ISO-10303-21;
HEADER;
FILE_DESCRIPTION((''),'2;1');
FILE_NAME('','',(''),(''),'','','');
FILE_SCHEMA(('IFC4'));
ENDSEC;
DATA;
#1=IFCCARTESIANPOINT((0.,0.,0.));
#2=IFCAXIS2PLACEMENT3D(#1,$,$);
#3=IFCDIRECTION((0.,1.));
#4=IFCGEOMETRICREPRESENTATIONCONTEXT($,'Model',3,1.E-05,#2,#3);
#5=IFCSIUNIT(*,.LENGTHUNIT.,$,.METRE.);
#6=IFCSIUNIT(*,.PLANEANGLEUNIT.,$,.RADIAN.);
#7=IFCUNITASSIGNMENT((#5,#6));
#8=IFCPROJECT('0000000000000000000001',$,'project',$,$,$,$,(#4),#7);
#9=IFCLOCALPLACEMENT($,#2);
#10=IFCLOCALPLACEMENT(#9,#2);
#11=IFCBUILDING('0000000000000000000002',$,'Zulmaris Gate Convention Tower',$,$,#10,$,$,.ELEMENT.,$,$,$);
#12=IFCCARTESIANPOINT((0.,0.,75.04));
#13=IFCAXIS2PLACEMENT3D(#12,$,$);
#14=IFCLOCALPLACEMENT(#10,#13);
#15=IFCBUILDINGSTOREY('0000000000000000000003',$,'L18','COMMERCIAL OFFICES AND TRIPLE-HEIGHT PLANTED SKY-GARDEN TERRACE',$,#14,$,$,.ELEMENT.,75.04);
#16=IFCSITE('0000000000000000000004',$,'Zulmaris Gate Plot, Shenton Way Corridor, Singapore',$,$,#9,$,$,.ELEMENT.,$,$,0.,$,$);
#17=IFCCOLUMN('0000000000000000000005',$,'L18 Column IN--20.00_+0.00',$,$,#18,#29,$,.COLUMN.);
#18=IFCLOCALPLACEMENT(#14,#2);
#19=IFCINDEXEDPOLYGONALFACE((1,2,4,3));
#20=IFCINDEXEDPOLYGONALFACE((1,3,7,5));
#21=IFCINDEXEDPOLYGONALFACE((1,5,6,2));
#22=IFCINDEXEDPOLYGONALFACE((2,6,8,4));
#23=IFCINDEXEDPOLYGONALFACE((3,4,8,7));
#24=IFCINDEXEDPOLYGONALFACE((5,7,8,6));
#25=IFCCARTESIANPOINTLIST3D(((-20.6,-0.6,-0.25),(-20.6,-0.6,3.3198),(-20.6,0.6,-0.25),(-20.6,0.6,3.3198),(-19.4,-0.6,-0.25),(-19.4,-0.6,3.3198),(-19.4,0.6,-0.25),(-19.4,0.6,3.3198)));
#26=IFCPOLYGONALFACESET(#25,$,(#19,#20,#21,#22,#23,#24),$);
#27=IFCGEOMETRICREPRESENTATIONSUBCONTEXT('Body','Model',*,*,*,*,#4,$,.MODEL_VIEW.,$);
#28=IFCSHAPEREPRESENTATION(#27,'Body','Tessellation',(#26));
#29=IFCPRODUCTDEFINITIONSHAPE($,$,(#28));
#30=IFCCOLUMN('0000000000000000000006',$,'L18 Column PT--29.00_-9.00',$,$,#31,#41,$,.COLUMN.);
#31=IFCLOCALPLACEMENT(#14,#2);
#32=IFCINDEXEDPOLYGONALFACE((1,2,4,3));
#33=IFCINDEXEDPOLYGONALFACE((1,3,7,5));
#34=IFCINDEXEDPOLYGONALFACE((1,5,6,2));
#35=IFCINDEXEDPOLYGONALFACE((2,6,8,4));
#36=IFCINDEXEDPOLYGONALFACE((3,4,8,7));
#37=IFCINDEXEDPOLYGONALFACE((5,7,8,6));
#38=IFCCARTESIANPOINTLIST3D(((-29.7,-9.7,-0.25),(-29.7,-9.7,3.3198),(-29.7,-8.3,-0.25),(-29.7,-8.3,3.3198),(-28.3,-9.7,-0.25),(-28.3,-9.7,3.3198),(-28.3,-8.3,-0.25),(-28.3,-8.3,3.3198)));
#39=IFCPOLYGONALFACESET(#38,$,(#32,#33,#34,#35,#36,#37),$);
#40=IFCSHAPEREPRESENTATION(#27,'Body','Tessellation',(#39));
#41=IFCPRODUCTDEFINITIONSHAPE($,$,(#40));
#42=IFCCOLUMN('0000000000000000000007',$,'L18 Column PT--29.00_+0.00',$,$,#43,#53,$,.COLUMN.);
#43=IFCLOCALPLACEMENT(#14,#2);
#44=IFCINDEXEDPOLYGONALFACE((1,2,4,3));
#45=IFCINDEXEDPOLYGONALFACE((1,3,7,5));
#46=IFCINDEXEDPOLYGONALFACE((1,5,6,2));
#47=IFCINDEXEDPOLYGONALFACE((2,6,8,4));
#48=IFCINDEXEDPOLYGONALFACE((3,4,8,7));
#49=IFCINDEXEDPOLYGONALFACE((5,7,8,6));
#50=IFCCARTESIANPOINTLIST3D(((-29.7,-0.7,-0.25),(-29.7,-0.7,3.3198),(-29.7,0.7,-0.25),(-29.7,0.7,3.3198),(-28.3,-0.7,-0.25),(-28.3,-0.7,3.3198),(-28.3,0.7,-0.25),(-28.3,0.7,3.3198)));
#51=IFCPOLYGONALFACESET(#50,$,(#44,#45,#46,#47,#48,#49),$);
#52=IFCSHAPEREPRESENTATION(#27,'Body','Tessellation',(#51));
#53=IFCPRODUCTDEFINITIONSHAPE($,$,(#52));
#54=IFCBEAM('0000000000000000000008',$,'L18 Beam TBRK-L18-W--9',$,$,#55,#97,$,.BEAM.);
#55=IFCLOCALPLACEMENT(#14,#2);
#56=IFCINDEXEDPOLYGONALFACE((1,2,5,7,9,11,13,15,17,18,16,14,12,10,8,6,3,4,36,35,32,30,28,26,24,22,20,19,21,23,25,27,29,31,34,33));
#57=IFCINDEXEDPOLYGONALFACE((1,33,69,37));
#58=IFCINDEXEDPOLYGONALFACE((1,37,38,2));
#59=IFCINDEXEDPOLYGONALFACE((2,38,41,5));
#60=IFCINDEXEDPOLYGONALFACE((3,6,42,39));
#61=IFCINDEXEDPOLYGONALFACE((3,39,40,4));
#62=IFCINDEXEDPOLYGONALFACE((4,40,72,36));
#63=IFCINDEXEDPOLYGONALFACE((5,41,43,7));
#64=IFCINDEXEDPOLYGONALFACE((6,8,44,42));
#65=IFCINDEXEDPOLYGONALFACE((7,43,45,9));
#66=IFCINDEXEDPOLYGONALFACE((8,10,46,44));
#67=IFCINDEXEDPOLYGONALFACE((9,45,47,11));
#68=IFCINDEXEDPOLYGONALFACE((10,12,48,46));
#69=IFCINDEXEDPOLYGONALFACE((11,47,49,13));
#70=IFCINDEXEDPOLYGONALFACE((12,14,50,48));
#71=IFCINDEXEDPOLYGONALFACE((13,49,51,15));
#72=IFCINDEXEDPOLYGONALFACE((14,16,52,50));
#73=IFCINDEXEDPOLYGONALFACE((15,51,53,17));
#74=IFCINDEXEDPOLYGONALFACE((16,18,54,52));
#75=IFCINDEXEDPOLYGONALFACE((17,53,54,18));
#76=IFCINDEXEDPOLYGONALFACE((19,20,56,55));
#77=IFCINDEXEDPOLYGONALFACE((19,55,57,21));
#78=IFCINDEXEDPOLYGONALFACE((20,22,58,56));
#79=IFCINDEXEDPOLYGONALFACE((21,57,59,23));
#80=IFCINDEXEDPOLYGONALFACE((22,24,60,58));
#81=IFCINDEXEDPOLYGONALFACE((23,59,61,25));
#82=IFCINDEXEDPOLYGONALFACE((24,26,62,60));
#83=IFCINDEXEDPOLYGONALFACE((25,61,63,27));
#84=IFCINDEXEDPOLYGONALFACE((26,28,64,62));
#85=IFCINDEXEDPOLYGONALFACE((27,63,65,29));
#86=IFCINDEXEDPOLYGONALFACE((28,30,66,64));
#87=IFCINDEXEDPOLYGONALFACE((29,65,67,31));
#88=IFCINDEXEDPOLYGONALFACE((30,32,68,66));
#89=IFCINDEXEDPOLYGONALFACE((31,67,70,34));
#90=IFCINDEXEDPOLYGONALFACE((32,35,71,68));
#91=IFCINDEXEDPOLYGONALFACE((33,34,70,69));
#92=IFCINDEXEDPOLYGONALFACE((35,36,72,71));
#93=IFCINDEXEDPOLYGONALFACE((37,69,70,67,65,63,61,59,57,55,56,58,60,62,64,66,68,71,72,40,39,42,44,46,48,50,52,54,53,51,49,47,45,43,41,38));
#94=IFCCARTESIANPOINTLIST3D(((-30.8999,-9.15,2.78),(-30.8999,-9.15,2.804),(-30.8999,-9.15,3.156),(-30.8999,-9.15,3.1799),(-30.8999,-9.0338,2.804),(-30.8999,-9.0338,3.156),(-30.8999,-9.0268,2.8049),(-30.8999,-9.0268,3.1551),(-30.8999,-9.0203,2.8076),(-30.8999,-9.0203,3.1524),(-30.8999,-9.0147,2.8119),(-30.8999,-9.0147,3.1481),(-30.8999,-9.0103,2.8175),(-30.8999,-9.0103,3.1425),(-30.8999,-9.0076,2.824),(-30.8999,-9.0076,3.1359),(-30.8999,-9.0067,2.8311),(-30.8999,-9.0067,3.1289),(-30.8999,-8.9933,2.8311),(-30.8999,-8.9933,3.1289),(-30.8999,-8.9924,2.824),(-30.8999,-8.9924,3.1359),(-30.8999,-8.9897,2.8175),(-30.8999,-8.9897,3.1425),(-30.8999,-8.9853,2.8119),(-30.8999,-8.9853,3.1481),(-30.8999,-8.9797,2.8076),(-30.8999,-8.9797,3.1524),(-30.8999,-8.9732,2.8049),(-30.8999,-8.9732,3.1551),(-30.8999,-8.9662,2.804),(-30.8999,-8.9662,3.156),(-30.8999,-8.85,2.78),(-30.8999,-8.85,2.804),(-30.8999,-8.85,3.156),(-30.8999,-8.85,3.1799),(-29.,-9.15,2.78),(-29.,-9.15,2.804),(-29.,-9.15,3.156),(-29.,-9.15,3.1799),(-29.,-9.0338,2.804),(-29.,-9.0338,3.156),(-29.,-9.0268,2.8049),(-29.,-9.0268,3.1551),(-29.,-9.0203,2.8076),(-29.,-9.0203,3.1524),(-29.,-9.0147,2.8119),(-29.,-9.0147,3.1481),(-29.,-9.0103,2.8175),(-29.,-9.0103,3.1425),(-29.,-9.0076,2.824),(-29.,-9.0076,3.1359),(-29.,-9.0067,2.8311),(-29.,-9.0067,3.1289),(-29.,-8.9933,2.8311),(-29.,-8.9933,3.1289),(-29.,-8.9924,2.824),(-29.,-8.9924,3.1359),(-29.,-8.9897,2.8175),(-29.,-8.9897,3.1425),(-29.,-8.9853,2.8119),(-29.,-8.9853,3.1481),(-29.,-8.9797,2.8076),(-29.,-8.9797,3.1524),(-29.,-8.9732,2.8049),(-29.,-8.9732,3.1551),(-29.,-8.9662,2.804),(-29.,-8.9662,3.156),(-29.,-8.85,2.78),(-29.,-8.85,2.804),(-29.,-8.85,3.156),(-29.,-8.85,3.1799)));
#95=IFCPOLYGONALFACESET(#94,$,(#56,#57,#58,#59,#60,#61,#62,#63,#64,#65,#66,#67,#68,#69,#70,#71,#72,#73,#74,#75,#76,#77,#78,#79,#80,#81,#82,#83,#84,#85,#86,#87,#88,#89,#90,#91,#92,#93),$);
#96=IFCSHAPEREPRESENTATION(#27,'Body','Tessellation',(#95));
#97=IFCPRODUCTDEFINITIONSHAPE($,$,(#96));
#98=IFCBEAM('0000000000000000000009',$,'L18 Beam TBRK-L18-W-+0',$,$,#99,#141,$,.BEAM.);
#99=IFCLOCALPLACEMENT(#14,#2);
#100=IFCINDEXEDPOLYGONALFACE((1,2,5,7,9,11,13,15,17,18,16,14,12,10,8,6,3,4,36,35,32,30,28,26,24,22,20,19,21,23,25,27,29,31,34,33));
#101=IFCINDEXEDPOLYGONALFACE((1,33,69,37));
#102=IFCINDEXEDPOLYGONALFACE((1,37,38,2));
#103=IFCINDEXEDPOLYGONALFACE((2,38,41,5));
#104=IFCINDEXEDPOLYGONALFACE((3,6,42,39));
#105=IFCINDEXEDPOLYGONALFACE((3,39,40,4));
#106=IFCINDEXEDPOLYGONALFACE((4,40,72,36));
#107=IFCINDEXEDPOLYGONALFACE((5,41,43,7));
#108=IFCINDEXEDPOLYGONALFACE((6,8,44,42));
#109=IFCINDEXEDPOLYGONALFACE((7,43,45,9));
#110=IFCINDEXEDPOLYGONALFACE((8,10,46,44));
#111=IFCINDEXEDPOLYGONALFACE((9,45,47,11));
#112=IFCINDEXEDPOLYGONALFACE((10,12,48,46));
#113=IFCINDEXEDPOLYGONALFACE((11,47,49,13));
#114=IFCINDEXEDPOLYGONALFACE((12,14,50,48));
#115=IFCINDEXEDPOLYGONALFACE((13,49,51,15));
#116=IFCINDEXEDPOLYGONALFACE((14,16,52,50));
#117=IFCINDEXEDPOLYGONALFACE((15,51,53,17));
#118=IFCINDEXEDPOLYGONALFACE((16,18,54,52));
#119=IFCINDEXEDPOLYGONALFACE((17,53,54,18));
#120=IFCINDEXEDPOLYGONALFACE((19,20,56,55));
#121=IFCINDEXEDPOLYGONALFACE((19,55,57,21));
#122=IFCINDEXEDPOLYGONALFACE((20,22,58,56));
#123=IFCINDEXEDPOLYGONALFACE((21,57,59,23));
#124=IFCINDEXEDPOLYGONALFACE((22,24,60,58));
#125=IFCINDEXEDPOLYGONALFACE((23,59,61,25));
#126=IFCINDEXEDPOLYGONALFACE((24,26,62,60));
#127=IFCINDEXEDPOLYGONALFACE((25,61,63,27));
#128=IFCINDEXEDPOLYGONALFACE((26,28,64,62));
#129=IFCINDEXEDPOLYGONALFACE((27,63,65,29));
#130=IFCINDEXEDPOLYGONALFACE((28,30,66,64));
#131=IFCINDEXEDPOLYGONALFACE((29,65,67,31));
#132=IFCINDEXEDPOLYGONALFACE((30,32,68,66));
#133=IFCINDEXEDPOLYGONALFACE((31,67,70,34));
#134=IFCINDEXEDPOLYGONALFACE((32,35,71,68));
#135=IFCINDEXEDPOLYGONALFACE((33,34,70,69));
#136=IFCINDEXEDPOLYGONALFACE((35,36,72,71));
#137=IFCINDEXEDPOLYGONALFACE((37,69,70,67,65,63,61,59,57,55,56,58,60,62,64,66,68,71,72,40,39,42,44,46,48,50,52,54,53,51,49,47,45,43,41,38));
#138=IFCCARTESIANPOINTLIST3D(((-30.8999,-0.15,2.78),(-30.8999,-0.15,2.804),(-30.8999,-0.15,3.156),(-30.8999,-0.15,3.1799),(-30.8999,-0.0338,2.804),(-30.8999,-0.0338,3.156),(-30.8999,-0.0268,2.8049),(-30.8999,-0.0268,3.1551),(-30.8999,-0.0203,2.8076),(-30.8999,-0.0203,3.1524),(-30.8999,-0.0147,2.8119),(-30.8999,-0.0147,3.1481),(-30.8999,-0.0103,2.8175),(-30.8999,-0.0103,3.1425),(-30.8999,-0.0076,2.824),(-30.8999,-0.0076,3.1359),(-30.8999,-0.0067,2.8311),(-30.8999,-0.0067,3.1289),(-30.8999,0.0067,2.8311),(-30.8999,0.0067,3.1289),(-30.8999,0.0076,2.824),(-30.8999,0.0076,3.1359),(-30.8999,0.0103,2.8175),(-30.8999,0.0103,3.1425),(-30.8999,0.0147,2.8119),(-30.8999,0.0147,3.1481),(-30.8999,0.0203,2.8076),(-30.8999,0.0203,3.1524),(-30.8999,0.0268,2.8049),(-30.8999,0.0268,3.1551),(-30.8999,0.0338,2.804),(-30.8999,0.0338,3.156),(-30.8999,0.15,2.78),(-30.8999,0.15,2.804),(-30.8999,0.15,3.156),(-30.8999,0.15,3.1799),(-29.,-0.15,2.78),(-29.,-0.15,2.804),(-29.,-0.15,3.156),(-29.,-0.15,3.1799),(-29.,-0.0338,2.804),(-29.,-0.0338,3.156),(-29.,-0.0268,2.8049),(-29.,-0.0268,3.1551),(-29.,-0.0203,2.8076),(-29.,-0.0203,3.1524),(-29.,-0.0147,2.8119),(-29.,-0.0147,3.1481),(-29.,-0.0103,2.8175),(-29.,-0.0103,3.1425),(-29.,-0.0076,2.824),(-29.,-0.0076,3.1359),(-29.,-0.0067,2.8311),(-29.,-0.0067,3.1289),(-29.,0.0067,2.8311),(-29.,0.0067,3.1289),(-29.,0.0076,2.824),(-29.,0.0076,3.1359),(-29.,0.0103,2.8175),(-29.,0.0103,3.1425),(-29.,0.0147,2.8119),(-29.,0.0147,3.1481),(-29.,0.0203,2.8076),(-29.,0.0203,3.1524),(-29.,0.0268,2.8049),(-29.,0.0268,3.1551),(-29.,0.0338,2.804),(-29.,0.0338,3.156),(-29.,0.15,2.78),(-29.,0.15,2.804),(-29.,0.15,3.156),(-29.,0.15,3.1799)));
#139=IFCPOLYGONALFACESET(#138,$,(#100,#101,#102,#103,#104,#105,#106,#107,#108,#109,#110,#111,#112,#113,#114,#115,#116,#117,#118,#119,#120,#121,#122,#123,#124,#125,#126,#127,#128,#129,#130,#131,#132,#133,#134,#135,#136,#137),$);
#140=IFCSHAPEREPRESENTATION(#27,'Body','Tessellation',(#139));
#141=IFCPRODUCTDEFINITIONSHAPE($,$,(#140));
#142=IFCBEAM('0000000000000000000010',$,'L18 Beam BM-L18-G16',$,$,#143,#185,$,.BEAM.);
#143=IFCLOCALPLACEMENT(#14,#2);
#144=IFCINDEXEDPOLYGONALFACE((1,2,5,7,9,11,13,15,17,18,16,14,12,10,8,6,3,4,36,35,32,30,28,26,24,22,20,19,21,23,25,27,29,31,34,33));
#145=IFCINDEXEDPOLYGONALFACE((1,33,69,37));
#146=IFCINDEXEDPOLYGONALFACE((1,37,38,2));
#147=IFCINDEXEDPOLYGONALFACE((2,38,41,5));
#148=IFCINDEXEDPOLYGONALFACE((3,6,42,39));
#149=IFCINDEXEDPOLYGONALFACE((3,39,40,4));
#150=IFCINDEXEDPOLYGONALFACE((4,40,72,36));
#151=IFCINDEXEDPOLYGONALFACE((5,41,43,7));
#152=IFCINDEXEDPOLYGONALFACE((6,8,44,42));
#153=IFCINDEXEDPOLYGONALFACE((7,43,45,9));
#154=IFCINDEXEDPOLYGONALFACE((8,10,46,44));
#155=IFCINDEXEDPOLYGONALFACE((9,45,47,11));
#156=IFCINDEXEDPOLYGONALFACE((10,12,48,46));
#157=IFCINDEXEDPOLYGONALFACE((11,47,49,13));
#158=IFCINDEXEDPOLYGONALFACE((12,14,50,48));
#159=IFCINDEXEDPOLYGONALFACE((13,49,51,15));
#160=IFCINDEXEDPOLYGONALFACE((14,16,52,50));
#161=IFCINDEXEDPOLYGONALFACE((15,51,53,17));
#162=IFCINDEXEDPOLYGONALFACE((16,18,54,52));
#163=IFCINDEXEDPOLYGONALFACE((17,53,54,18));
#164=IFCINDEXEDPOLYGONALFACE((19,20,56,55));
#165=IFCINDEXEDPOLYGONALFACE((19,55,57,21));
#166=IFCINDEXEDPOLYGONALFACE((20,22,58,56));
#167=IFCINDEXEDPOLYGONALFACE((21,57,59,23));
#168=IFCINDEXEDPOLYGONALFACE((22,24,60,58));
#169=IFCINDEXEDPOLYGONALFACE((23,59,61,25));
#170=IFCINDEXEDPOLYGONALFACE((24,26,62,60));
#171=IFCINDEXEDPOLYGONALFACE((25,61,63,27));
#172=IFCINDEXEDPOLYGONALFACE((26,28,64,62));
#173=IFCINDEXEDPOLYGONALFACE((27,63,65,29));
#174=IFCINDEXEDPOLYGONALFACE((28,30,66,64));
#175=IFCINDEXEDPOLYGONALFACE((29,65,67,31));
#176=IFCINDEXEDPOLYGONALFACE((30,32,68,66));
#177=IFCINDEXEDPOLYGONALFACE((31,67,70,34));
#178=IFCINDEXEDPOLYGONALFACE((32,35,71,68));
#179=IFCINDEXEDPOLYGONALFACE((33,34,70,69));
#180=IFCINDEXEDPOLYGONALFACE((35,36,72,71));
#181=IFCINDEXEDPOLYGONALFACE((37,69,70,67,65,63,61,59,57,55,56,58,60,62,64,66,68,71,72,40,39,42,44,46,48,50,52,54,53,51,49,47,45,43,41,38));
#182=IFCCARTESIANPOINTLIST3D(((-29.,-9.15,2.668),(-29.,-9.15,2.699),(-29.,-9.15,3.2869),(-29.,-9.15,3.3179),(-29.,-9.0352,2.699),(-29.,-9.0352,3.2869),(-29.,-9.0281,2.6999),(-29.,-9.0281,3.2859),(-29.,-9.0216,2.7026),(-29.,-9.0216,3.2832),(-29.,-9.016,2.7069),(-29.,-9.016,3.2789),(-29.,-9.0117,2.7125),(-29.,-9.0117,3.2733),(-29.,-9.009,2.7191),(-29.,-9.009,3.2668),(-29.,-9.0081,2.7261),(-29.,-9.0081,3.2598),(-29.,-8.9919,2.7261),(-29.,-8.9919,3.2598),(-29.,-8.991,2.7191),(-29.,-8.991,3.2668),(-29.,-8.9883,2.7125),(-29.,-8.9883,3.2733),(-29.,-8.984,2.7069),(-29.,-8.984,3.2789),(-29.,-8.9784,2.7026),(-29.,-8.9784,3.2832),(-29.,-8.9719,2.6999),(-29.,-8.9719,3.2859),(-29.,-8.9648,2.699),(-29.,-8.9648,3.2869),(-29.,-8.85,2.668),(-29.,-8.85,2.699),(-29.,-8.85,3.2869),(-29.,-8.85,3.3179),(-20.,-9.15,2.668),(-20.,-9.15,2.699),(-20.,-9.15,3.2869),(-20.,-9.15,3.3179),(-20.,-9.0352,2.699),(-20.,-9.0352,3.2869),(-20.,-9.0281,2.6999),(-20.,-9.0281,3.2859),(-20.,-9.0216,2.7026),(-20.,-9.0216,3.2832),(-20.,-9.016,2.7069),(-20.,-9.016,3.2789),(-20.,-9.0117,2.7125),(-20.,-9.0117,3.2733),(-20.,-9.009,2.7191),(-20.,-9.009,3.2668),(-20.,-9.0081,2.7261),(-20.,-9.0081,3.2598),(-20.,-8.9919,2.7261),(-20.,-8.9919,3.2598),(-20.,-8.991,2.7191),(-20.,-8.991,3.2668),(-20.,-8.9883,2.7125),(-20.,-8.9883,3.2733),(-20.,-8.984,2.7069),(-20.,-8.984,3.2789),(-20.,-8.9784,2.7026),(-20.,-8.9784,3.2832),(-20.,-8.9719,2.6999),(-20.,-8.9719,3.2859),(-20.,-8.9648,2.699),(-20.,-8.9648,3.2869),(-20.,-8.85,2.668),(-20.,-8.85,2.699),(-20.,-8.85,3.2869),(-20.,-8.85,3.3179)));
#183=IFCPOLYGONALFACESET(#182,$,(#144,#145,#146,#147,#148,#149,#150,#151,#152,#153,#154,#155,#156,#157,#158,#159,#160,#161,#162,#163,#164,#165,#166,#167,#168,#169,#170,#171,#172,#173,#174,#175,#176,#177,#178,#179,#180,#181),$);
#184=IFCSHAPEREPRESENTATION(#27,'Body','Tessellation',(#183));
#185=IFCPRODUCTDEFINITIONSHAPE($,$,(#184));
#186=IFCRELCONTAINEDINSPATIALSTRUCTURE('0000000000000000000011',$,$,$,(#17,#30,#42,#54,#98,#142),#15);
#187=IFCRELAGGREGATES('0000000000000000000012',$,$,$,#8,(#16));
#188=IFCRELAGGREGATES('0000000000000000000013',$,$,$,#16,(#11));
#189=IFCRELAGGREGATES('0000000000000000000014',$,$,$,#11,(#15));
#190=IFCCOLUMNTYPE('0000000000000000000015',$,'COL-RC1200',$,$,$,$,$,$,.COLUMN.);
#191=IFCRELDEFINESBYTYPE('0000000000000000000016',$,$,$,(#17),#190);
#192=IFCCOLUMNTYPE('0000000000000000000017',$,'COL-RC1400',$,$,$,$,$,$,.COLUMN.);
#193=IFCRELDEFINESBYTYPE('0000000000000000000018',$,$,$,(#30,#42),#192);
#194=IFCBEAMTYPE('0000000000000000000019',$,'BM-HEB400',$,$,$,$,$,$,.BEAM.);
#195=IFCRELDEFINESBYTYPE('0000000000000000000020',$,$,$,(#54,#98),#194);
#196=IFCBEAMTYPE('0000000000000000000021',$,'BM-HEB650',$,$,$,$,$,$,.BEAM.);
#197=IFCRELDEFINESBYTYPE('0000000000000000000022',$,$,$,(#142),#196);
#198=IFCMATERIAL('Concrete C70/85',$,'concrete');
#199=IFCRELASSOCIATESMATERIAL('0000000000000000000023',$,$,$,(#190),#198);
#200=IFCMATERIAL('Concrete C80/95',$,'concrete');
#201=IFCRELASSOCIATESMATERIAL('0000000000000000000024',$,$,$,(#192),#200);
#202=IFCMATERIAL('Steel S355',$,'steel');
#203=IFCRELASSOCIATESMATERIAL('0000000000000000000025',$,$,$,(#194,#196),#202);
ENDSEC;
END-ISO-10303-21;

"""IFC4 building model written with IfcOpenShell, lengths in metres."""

from ifc_helpers import new_model, si_unit, direction, frame, origin, origin_2d, place, context, subcontext, project, spatial, rectangle, i_section, extrude, material, material_profile, profile_set, type_object, element, save


model = new_model("IFC4")

# Units and contexts
model_context = context("Model", 3, precision=1e-05, world=origin(), true_north=direction((0.0, 1.0)))
body_context = subcontext(model_context, "Body", "Model", "MODEL_VIEW")
ifc_project = project(units=[si_unit("LENGTHUNIT", "METRE"), si_unit("PLANEANGLEUNIT", "RADIAN")], contexts=[model_context])

# Site, building, storey
site_placement = place(None, origin())
site = spatial("IfcSite", under=ifc_project, at=site_placement, Name="Zulmaris Gate Plot, Shenton Way Corridor, Singapore", CompositionType="ELEMENT", RefElevation=0.0)
building_placement = place(site_placement, origin())
building = spatial("IfcBuilding", under=site, at=building_placement, Name="Zulmaris Gate Convention Tower", CompositionType="ELEMENT")
storey_placement = place(building_placement, frame((0.0, 0.0, 75.04)))
storey = spatial("IfcBuildingStorey", under=building, at=storey_placement, Name="L18", Description="COMMERCIAL OFFICES AND TRIPLE-HEIGHT PLANTED SKY-GARDEN TERRACE", CompositionType="ELEMENT", Elevation=75.04)

# Columns
ifc_material_1 = material(Name="Concrete C70/85", Category="concrete")
ifc_material_profile_1 = material_profile(ifc_material_1, rectangle(XDim=1.2, YDim=1.2, at=origin_2d()), Name="RC COL 1200x1200")
ifc_profile_set_1 = profile_set([ifc_material_profile_1], Name="Concrete C70/85")
column_type_1 = type_object("IfcColumnType", Name="COL-RC1200", PredefinedType="COLUMN", material=ifc_profile_set_1)
column_placement = place(storey_placement, frame((-20.0, 0.0, -0.25), z_axis=(0.0, 0.0, 1.0), x_axis=(1.0, 0.0, 0.0)))
element("IfcColumn", 1, at=column_placement, inside=storey, type_object=column_type_1, Name="L18 Column IN--20.00_+0.00", PredefinedType="COLUMN", context=body_context, shape_type="SweptSolid", body=[
    extrude(rectangle(XDim=1.2, YDim=1.2, at=origin_2d()), origin(), (0.0, 0.0, 1.0), 3.5698),
])
ifc_material_2 = material(Name="Concrete C80/95", Category="concrete")
ifc_material_profile_2 = material_profile(ifc_material_2, rectangle(XDim=1.3999, YDim=1.3999, at=origin_2d()), Name="RC COL 1400x1400")
ifc_profile_set_2 = profile_set([ifc_material_profile_2], Name="Concrete C80/95")
column_type_2 = type_object("IfcColumnType", Name="COL-RC1400", PredefinedType="COLUMN", material=ifc_profile_set_2)
for number, where, z_axis, x_axis, name in (
    (2, (-29.0, -9.0, -0.25), (0.0, 0.0, 1.0), (1.0, 0.0, 0.0), "L18 Column PT--29.00_-9.00"),
    (3, (-29.0, 0.0, -0.25), (0.0, 0.0, 1.0), (1.0, 0.0, 0.0), "L18 Column PT--29.00_+0.00"),
):
    element("IfcColumn", number, at=place(storey_placement, frame(where, z_axis=z_axis, x_axis=x_axis)), inside=storey, type_object=column_type_2, Name=name, PredefinedType="COLUMN", context=body_context, shape_type="SweptSolid", body=[
        extrude(rectangle(XDim=1.3999, YDim=1.3999, at=origin_2d()), origin(), (0.0, 0.0, 1.0), 3.5698),
    ])

# Beams
ifc_material_3 = material(Name="Steel S355", Category="steel")
ifc_material_profile_3 = material_profile(ifc_material_3, i_section(OverallWidth=0.3, OverallDepth=0.3999, WebThickness=0.0134, FlangeThickness=0.0239, FilletRadius=0.0271, at=origin_2d()), Name="HEB 400")
ifc_profile_set_3 = profile_set([ifc_material_profile_3], Name="Steel S355")
beam_type_1 = type_object("IfcBeamType", Name="BM-HEB400", PredefinedType="BEAM", material=ifc_profile_set_3)
for number, where, z_axis, x_axis, name in (
    (4, (-30.8999, -9.0, 2.98), (1.0, 0.0, 0.0), (0.0, 1.0, 0.0), "L18 Beam TBRK-L18-W--9"),
    (5, (-30.8999, 0.0, 2.98), (1.0, 0.0, 0.0), (0.0, 1.0, 0.0), "L18 Beam TBRK-L18-W-+0"),
):
    element("IfcBeam", number, at=place(storey_placement, frame(where, z_axis=z_axis, x_axis=x_axis)), inside=storey, type_object=beam_type_1, Name=name, PredefinedType="BEAM", context=body_context, shape_type="SweptSolid", body=[
        extrude(i_section(OverallWidth=0.3, OverallDepth=0.3999, WebThickness=0.0134, FlangeThickness=0.0239, FilletRadius=0.0271, at=origin_2d()), origin(), (0.0, 0.0, 1.0), 1.8999),
    ])
ifc_material_profile_4 = material_profile(ifc_material_3, i_section(OverallWidth=0.3, OverallDepth=0.6499, WebThickness=0.0161, FlangeThickness=0.031, FilletRadius=0.0271, at=origin_2d()), Name="HEB 650")
ifc_profile_set_4 = profile_set([ifc_material_profile_4], Name="Steel S355")
beam_type_2 = type_object("IfcBeamType", Name="BM-HEB650", PredefinedType="BEAM", material=ifc_profile_set_4)
for number, where, z_axis, x_axis, name in (
    (6, (-29.0, -9.0, 2.9929), (1.0, 0.0, 0.0), (0.0, 1.0, 0.0), "L18 Beam BM-L18-G16"),
):
    element("IfcBeam", number, at=place(storey_placement, frame(where, z_axis=z_axis, x_axis=x_axis)), inside=storey, type_object=beam_type_2, Name=name, PredefinedType="BEAM", context=body_context, shape_type="SweptSolid", body=[
        extrude(i_section(OverallWidth=0.3, OverallDepth=0.6499, WebThickness=0.0161, FlangeThickness=0.031, FilletRadius=0.0271, at=origin_2d()), origin(), (0.0, 0.0, 1.0), 9.0),
    ])

save(model, "model.ifc")
